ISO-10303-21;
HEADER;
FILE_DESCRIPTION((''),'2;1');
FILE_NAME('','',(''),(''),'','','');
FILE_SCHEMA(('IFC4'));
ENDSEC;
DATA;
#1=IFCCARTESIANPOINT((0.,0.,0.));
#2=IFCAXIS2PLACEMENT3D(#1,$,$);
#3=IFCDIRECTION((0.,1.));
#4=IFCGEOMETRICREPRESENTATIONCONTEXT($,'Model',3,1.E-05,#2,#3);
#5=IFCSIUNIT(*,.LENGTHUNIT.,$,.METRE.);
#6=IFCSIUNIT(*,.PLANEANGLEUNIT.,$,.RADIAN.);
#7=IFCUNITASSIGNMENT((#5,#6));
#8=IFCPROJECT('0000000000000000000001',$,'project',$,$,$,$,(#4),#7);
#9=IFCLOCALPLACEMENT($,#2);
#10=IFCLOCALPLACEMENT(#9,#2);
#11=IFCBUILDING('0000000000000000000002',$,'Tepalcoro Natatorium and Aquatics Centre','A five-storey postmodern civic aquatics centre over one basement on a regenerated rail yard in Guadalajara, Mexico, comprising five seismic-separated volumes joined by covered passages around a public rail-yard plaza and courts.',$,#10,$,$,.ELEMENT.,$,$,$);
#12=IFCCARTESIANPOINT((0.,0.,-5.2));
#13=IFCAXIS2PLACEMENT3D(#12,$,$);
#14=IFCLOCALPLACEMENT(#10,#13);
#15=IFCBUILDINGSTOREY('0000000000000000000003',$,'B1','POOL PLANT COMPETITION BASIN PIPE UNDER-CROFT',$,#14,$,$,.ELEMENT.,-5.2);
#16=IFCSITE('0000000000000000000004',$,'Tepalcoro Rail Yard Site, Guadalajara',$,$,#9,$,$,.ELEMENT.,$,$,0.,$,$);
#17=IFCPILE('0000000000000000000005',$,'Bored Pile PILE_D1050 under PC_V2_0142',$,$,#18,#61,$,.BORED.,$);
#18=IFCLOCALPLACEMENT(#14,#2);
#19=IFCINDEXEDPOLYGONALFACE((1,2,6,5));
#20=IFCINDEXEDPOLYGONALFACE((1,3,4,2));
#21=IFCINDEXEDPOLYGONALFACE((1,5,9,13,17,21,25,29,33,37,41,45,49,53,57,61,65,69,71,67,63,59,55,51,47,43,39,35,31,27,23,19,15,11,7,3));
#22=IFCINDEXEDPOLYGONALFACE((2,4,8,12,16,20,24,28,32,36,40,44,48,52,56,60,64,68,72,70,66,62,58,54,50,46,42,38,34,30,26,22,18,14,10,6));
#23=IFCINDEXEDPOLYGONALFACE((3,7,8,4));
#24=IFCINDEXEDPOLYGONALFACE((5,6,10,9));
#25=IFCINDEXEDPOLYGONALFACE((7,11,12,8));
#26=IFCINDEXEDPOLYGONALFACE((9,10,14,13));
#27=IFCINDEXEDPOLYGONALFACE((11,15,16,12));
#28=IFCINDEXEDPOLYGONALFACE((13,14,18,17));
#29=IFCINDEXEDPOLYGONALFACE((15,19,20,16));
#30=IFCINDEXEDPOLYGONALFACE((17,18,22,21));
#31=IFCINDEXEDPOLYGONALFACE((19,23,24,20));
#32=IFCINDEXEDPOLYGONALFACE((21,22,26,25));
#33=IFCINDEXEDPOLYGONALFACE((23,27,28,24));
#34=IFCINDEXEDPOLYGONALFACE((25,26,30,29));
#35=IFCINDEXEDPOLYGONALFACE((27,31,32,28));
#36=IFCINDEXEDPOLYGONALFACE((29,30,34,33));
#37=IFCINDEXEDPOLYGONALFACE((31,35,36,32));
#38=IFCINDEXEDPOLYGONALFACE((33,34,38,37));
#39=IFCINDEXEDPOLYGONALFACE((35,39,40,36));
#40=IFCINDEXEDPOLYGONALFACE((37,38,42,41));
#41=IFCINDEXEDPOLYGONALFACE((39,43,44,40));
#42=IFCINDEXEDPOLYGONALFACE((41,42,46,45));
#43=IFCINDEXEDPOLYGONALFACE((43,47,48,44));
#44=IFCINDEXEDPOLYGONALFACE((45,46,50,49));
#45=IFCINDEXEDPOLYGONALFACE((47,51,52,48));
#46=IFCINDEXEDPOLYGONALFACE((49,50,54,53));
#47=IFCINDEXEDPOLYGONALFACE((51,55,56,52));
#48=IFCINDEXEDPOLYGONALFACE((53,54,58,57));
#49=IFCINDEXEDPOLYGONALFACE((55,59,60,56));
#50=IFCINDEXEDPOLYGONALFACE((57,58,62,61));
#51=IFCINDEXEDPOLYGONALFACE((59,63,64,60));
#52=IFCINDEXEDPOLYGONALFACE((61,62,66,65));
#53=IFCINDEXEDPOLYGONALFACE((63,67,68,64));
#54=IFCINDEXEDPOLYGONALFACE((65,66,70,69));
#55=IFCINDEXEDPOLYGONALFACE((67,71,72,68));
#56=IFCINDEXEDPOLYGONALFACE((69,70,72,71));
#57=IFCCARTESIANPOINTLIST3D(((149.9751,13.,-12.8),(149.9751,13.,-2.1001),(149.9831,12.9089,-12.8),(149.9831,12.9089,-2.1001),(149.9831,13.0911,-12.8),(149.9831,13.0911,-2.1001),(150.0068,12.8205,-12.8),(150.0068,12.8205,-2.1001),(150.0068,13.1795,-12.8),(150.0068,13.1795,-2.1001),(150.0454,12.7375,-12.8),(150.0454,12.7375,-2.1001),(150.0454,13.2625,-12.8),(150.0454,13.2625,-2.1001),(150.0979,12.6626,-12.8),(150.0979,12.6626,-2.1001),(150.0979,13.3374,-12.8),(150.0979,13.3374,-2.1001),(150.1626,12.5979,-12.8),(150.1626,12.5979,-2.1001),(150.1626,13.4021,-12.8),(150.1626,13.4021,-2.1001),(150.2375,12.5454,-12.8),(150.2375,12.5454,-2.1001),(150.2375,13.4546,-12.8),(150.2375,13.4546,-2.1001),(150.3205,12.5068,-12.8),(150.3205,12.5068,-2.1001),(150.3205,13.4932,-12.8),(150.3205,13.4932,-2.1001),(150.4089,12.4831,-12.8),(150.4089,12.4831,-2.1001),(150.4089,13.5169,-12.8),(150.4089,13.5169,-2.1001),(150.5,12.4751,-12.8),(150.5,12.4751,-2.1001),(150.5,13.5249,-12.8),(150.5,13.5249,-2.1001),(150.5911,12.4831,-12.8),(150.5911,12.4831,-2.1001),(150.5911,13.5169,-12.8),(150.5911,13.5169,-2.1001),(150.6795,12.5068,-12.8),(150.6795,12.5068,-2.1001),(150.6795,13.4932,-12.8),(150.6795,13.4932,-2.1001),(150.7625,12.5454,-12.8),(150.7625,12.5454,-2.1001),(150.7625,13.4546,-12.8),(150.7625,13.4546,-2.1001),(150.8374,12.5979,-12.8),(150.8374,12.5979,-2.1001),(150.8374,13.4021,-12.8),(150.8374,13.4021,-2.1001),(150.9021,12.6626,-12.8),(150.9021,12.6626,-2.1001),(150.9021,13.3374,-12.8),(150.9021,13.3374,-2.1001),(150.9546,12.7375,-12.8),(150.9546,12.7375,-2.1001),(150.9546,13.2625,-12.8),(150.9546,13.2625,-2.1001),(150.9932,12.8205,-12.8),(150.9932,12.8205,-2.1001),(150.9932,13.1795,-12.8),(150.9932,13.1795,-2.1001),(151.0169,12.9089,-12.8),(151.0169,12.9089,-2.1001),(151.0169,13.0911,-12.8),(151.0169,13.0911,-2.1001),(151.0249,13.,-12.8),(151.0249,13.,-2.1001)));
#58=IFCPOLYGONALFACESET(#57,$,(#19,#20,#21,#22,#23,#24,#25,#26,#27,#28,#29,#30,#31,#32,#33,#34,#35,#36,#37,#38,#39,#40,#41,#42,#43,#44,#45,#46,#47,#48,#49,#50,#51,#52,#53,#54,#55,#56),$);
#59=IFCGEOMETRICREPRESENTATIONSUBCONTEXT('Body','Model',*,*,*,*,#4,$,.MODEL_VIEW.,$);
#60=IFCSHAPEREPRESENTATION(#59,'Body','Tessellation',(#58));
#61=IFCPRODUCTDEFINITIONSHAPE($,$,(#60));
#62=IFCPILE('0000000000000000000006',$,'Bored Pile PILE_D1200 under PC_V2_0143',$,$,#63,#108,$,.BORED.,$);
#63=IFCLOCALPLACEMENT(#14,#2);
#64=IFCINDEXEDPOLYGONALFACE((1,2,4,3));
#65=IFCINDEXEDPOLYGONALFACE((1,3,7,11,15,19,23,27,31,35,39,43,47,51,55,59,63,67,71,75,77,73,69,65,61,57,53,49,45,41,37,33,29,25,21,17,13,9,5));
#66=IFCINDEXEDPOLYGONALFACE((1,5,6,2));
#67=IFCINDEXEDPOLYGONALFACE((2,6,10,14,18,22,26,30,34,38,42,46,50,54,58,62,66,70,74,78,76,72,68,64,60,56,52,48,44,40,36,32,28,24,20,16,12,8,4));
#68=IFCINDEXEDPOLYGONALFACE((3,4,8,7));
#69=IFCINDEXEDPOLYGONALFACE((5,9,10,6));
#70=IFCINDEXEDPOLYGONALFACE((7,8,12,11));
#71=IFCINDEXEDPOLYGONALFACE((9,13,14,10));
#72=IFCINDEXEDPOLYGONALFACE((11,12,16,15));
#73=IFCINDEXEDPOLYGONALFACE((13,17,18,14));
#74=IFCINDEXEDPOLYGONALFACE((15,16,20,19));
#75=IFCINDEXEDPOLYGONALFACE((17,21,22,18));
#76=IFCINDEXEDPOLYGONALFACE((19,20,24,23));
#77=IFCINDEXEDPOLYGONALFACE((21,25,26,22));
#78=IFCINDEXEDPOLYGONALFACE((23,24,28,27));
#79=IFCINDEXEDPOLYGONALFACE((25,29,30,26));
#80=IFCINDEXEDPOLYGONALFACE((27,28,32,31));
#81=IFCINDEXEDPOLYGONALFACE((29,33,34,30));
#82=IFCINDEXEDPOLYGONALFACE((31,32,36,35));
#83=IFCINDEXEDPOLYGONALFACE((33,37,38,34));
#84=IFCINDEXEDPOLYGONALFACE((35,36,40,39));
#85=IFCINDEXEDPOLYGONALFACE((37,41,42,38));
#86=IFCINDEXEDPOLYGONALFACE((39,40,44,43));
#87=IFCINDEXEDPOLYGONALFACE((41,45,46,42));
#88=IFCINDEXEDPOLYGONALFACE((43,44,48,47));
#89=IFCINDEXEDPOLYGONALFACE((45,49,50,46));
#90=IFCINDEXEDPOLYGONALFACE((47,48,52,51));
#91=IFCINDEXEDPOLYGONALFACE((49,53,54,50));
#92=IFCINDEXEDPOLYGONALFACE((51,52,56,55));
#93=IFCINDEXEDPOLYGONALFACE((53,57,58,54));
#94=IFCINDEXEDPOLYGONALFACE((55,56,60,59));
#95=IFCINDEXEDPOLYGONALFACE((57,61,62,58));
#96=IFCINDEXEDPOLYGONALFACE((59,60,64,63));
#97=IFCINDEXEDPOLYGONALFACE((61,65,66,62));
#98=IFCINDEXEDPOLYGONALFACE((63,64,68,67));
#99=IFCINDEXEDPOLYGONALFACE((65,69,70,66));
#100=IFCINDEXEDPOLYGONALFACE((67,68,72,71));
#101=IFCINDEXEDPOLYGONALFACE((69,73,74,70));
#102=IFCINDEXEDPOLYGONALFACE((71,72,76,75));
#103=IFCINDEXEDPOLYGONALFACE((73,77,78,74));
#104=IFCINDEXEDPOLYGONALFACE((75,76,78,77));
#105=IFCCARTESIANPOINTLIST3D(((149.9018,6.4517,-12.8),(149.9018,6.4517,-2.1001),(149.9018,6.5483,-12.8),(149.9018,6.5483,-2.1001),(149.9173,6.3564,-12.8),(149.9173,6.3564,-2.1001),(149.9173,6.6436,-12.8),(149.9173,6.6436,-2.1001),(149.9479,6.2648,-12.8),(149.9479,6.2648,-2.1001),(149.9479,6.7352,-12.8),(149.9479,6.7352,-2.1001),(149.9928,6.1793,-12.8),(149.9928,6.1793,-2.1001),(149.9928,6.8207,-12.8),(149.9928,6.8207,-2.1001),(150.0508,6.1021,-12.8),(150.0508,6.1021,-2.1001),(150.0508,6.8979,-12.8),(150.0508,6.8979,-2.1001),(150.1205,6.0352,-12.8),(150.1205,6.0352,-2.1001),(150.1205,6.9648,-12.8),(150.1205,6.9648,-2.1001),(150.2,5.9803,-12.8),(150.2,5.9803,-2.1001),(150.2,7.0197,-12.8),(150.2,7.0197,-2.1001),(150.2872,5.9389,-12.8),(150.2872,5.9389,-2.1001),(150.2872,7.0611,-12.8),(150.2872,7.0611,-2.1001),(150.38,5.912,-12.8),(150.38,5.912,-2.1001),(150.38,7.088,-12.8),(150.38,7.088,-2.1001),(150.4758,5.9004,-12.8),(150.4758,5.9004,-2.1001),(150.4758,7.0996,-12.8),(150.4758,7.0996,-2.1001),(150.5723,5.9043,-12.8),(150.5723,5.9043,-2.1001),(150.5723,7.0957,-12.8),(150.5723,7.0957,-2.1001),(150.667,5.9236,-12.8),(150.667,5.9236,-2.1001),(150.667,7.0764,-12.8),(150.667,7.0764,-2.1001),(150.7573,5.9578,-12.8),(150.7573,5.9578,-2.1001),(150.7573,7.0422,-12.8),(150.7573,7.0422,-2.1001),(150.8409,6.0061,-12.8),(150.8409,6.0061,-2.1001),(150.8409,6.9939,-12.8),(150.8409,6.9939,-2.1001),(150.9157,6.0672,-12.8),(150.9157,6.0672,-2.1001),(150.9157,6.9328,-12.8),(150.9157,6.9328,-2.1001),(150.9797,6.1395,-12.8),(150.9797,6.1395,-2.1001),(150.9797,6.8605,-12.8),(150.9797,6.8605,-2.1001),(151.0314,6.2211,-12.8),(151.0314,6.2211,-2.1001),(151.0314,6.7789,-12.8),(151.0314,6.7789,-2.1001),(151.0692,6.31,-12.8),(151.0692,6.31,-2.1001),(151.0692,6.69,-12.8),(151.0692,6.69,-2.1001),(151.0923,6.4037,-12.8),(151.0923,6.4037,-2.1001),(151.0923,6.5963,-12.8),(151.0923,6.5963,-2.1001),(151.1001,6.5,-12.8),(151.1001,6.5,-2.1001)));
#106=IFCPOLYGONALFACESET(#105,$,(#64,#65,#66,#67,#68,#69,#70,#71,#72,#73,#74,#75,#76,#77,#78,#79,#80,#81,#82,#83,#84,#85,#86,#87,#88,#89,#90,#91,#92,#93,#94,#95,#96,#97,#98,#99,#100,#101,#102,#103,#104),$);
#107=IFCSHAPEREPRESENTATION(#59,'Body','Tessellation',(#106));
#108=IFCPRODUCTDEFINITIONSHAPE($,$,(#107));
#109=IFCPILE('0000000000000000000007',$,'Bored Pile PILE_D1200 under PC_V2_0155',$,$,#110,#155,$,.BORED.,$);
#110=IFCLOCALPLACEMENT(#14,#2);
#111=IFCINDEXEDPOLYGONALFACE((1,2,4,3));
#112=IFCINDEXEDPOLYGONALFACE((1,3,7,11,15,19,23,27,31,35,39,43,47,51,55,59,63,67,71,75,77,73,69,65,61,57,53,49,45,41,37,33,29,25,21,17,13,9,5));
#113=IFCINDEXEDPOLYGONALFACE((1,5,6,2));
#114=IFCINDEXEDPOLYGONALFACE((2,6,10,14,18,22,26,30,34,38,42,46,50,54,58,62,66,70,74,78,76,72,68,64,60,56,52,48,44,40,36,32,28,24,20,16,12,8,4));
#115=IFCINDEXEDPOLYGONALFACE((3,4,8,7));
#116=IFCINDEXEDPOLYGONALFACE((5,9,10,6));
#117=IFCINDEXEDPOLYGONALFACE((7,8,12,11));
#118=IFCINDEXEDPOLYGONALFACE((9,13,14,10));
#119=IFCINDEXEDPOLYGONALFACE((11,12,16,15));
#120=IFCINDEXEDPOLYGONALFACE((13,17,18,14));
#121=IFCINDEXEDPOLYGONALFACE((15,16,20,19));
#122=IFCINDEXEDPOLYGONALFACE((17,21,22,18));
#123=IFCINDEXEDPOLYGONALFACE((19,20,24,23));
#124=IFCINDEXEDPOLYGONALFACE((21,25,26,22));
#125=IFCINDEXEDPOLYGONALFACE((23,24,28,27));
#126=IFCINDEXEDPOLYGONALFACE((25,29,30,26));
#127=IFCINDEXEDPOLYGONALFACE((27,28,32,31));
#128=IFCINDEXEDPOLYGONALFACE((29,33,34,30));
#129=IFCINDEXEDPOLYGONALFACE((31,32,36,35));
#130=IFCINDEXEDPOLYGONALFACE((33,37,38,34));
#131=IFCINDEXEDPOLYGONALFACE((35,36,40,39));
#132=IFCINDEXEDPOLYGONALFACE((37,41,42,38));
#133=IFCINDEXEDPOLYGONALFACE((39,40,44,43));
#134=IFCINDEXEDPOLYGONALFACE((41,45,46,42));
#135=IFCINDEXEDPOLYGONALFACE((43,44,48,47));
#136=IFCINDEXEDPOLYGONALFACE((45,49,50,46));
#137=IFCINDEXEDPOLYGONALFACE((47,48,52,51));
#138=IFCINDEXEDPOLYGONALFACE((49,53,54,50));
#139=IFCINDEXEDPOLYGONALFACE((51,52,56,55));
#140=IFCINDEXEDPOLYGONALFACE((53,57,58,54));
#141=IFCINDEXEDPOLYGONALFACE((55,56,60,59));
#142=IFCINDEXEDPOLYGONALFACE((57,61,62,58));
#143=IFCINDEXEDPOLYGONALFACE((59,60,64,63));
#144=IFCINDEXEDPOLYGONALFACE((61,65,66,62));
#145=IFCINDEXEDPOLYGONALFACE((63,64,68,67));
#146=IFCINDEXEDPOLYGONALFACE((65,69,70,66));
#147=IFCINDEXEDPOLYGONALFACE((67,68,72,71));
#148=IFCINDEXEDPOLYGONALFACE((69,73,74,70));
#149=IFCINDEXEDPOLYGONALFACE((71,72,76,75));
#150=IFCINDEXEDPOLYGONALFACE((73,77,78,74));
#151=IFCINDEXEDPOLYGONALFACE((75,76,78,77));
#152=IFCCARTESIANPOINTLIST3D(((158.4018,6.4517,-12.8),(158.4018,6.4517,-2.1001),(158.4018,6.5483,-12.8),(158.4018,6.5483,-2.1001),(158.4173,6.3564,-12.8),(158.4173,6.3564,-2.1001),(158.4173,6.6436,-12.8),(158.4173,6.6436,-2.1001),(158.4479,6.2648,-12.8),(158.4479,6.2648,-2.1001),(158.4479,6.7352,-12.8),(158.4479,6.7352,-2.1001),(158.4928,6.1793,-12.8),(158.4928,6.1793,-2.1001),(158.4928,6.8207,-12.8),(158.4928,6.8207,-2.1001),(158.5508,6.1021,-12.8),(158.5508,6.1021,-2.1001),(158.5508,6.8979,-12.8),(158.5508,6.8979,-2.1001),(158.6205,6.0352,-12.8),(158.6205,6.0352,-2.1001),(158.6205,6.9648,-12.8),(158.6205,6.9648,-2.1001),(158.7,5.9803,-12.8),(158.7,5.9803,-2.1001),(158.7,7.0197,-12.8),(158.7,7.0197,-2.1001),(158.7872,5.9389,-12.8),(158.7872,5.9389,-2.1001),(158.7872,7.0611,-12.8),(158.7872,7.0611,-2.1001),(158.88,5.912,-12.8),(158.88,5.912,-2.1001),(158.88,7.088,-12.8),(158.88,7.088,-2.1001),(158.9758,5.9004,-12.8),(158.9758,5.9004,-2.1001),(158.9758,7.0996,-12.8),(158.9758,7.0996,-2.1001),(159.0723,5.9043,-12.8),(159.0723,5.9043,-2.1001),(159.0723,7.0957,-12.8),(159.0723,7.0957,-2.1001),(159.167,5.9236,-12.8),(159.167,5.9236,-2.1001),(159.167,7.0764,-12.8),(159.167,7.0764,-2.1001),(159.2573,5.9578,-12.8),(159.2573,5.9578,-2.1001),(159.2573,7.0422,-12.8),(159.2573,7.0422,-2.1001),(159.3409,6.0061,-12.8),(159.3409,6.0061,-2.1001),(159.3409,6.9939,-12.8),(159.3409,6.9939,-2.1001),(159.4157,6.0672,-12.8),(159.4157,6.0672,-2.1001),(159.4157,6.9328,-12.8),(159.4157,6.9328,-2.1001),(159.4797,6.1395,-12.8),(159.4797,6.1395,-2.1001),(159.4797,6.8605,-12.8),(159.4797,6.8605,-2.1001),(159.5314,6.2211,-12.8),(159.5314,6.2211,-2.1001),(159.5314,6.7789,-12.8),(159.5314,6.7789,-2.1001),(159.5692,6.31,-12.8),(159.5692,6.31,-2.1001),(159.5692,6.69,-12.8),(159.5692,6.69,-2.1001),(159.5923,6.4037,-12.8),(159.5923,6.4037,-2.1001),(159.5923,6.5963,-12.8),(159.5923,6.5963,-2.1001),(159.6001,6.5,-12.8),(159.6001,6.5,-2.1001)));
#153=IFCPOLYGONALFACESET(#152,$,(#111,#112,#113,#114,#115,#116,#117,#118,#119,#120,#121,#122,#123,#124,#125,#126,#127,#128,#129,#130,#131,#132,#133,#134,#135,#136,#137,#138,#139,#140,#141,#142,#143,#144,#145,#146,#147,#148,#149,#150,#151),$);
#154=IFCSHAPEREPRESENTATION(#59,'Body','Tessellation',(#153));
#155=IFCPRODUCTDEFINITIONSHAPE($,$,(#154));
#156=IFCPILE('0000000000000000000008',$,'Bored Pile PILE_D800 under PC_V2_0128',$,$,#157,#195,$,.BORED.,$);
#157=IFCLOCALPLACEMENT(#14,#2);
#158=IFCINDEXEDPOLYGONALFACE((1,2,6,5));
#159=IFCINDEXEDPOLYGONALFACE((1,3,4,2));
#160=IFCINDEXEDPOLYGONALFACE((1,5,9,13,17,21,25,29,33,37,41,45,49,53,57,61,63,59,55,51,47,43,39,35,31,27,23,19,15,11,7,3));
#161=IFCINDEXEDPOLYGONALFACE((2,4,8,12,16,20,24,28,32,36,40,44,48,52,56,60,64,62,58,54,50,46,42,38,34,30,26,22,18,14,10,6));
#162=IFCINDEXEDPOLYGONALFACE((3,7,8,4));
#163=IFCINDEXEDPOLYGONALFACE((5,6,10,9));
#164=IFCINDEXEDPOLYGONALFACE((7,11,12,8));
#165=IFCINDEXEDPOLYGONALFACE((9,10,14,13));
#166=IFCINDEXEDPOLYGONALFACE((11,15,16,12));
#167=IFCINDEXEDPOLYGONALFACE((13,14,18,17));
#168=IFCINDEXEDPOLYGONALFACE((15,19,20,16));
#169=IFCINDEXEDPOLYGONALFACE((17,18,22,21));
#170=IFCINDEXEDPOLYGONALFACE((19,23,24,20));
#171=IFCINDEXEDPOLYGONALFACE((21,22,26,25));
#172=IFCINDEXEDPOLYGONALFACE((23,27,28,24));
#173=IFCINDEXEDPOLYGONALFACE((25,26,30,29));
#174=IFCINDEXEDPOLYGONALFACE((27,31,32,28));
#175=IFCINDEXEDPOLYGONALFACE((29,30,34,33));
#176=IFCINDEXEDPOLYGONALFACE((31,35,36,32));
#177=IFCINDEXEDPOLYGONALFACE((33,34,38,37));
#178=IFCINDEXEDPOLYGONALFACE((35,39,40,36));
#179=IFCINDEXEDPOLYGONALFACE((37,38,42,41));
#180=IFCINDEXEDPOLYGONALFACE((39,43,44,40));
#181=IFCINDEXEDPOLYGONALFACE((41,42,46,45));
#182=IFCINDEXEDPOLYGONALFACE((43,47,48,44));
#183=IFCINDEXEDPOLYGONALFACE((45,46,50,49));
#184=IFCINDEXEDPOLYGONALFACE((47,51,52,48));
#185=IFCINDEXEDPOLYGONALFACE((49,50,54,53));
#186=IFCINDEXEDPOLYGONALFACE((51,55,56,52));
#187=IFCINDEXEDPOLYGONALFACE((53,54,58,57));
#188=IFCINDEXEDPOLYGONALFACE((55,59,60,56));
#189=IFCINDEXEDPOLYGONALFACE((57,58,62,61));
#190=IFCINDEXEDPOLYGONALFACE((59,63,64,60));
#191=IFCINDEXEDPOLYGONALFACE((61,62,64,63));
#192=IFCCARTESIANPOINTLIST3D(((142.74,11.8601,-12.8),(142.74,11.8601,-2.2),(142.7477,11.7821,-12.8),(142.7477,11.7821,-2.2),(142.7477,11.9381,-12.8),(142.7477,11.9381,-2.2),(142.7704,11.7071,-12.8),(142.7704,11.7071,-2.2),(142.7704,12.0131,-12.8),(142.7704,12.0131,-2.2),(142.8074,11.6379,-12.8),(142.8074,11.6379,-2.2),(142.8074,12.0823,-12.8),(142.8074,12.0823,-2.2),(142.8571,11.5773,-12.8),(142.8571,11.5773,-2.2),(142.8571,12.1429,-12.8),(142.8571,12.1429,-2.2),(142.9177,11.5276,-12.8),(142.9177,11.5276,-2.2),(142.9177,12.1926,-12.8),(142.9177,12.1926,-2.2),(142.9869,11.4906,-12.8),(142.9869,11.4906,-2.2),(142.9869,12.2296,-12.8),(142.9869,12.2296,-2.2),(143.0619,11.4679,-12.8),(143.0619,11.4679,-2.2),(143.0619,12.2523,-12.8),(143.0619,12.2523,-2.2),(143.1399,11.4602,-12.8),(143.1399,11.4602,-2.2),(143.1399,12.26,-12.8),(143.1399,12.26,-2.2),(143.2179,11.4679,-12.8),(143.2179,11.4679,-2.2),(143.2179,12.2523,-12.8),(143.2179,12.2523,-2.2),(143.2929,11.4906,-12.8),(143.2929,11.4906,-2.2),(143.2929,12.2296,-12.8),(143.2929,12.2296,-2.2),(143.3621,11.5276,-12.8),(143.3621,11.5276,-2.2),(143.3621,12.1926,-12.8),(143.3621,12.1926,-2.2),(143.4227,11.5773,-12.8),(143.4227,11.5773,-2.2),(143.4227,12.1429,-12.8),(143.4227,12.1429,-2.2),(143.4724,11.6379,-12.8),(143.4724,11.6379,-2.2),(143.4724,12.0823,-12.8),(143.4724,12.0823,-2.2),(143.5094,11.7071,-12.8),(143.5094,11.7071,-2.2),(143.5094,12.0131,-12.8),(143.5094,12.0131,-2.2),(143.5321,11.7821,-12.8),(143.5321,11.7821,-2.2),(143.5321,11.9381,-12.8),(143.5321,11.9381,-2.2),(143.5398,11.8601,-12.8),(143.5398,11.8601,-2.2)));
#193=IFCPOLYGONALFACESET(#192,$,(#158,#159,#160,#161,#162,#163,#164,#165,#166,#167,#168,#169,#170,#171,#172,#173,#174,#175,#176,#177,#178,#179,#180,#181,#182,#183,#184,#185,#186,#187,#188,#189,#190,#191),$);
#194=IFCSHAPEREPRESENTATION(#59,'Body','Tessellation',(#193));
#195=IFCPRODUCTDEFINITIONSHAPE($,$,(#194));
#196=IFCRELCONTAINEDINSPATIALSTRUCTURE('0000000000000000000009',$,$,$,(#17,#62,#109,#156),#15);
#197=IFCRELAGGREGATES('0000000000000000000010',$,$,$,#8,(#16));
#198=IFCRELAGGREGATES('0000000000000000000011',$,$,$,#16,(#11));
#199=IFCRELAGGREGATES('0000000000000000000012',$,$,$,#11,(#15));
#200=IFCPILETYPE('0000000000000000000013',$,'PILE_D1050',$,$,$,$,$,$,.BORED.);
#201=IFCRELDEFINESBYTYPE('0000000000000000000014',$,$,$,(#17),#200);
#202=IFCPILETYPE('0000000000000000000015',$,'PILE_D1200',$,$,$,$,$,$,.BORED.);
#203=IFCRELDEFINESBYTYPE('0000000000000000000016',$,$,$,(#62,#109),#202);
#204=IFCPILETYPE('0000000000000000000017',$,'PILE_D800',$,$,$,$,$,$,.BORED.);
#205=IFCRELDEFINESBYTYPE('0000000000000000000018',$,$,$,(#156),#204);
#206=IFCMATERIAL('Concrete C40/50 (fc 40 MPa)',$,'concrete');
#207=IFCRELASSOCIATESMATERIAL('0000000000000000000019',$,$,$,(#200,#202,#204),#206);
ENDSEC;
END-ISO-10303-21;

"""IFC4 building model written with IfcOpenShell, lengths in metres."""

from ifc_helpers import new_model, si_unit, direction, frame, origin, origin_2d, place, context, subcontext, project, spatial, circle, extrude, material, material_profile, profile_set, type_object, element, save


model = new_model("IFC4")

# Units and contexts
model_context = context("Model", 3, precision=1e-05, world=origin(), true_north=direction((0.0, 1.0)))
body_context = subcontext(model_context, "Body", "Model", "MODEL_VIEW")
ifc_project = project(units=[si_unit("LENGTHUNIT", "METRE"), si_unit("PLANEANGLEUNIT", "RADIAN")], contexts=[model_context])

# Site, building, storey
site_placement = place(None, origin())
site = spatial("IfcSite", under=ifc_project, at=site_placement, Name="Tepalcoro Rail Yard Site, Guadalajara", CompositionType="ELEMENT", RefElevation=0.0)
building_placement = place(site_placement, origin())
building = spatial("IfcBuilding", under=site, at=building_placement, Name="Tepalcoro Natatorium and Aquatics Centre", Description="A five-storey postmodern civic aquatics centre over one basement on a regenerated rail yard in Guadalajara, Mexico, comprising five seismic-separated volumes joined by covered passages around a public rail-yard plaza and courts.", CompositionType="ELEMENT")
storey_placement = place(building_placement, frame((0.0, 0.0, -5.2)))
storey = spatial("IfcBuildingStorey", under=building, at=storey_placement, Name="B1", Description="POOL PLANT COMPETITION BASIN PIPE UNDER-CROFT", CompositionType="ELEMENT", Elevation=-5.2)

# Piles
ifc_material_1 = material(Name="Concrete C40/50 (fc 40 MPa)", Category="concrete")
ifc_material_profile_1 = material_profile(ifc_material_1, circle(Radius=0.5249, at=origin_2d()), Name="PILE_D1050")
ifc_profile_set_1 = profile_set([ifc_material_profile_1], Name="Concrete C40/50 (fc 40 MPa)")
pile_type_1 = type_object("IfcPileType", Name="PILE_D1050", PredefinedType="BORED", material=ifc_profile_set_1)
pile_1_placement = place(storey_placement, frame((150.5, 13.0, -2.1001), z_axis=(0.0, 0.0, -1.0), x_axis=(1.0, 0.0, 0.0)))
element("IfcPile", 1, at=pile_1_placement, inside=storey, type_object=pile_type_1, Name="Bored Pile PILE_D1050 under PC_V2_0142", PredefinedType="BORED", context=body_context, shape_type="SweptSolid", body=[
    extrude(circle(Radius=0.5249, at=origin_2d()), origin(), (0.0, 0.0, 1.0), 10.7),
])
ifc_material_profile_2 = material_profile(ifc_material_1, circle(Radius=0.6001, at=origin_2d()), Name="PILE_D1200")
ifc_profile_set_2 = profile_set([ifc_material_profile_2], Name="Concrete C40/50 (fc 40 MPa)")
pile_type_2 = type_object("IfcPileType", Name="PILE_D1200", PredefinedType="BORED", material=ifc_profile_set_2)
for number, where, z_axis, x_axis, name in (
    (2, (150.5, 6.5, -2.1001), (0.0, 0.0, -1.0), (1.0, 0.0, 0.0), "Bored Pile PILE_D1200 under PC_V2_0143"),
    (3, (159.0, 6.5, -2.1001), (0.0, 0.0, -1.0), (1.0, 0.0, 0.0), "Bored Pile PILE_D1200 under PC_V2_0155"),
):
    element("IfcPile", number, at=place(storey_placement, frame(where, z_axis=z_axis, x_axis=x_axis)), inside=storey, type_object=pile_type_2, Name=name, PredefinedType="BORED", context=body_context, shape_type="SweptSolid", body=[
        extrude(circle(Radius=0.6001, at=origin_2d()), origin(), (0.0, 0.0, 1.0), 10.7),
    ])
ifc_material_profile_3 = material_profile(ifc_material_1, circle(Radius=0.3999, at=origin_2d()), Name="PILE_D800")
ifc_profile_set_3 = profile_set([ifc_material_profile_3], Name="Concrete C40/50 (fc 40 MPa)")
pile_type_3 = type_object("IfcPileType", Name="PILE_D800", PredefinedType="BORED", material=ifc_profile_set_3)
pile_2_placement = place(storey_placement, frame((143.1399, 11.8601, -2.2), z_axis=(0.0, 0.0, -1.0), x_axis=(1.0, 0.0, 0.0)))
element("IfcPile", 4, at=pile_2_placement, inside=storey, type_object=pile_type_3, Name="Bored Pile PILE_D800 under PC_V2_0128", PredefinedType="BORED", context=body_context, shape_type="SweptSolid", body=[
    extrude(circle(Radius=0.3999, at=origin_2d()), origin(), (0.0, 0.0, 1.0), 10.6001),
])

save(model, "model.ifc")
